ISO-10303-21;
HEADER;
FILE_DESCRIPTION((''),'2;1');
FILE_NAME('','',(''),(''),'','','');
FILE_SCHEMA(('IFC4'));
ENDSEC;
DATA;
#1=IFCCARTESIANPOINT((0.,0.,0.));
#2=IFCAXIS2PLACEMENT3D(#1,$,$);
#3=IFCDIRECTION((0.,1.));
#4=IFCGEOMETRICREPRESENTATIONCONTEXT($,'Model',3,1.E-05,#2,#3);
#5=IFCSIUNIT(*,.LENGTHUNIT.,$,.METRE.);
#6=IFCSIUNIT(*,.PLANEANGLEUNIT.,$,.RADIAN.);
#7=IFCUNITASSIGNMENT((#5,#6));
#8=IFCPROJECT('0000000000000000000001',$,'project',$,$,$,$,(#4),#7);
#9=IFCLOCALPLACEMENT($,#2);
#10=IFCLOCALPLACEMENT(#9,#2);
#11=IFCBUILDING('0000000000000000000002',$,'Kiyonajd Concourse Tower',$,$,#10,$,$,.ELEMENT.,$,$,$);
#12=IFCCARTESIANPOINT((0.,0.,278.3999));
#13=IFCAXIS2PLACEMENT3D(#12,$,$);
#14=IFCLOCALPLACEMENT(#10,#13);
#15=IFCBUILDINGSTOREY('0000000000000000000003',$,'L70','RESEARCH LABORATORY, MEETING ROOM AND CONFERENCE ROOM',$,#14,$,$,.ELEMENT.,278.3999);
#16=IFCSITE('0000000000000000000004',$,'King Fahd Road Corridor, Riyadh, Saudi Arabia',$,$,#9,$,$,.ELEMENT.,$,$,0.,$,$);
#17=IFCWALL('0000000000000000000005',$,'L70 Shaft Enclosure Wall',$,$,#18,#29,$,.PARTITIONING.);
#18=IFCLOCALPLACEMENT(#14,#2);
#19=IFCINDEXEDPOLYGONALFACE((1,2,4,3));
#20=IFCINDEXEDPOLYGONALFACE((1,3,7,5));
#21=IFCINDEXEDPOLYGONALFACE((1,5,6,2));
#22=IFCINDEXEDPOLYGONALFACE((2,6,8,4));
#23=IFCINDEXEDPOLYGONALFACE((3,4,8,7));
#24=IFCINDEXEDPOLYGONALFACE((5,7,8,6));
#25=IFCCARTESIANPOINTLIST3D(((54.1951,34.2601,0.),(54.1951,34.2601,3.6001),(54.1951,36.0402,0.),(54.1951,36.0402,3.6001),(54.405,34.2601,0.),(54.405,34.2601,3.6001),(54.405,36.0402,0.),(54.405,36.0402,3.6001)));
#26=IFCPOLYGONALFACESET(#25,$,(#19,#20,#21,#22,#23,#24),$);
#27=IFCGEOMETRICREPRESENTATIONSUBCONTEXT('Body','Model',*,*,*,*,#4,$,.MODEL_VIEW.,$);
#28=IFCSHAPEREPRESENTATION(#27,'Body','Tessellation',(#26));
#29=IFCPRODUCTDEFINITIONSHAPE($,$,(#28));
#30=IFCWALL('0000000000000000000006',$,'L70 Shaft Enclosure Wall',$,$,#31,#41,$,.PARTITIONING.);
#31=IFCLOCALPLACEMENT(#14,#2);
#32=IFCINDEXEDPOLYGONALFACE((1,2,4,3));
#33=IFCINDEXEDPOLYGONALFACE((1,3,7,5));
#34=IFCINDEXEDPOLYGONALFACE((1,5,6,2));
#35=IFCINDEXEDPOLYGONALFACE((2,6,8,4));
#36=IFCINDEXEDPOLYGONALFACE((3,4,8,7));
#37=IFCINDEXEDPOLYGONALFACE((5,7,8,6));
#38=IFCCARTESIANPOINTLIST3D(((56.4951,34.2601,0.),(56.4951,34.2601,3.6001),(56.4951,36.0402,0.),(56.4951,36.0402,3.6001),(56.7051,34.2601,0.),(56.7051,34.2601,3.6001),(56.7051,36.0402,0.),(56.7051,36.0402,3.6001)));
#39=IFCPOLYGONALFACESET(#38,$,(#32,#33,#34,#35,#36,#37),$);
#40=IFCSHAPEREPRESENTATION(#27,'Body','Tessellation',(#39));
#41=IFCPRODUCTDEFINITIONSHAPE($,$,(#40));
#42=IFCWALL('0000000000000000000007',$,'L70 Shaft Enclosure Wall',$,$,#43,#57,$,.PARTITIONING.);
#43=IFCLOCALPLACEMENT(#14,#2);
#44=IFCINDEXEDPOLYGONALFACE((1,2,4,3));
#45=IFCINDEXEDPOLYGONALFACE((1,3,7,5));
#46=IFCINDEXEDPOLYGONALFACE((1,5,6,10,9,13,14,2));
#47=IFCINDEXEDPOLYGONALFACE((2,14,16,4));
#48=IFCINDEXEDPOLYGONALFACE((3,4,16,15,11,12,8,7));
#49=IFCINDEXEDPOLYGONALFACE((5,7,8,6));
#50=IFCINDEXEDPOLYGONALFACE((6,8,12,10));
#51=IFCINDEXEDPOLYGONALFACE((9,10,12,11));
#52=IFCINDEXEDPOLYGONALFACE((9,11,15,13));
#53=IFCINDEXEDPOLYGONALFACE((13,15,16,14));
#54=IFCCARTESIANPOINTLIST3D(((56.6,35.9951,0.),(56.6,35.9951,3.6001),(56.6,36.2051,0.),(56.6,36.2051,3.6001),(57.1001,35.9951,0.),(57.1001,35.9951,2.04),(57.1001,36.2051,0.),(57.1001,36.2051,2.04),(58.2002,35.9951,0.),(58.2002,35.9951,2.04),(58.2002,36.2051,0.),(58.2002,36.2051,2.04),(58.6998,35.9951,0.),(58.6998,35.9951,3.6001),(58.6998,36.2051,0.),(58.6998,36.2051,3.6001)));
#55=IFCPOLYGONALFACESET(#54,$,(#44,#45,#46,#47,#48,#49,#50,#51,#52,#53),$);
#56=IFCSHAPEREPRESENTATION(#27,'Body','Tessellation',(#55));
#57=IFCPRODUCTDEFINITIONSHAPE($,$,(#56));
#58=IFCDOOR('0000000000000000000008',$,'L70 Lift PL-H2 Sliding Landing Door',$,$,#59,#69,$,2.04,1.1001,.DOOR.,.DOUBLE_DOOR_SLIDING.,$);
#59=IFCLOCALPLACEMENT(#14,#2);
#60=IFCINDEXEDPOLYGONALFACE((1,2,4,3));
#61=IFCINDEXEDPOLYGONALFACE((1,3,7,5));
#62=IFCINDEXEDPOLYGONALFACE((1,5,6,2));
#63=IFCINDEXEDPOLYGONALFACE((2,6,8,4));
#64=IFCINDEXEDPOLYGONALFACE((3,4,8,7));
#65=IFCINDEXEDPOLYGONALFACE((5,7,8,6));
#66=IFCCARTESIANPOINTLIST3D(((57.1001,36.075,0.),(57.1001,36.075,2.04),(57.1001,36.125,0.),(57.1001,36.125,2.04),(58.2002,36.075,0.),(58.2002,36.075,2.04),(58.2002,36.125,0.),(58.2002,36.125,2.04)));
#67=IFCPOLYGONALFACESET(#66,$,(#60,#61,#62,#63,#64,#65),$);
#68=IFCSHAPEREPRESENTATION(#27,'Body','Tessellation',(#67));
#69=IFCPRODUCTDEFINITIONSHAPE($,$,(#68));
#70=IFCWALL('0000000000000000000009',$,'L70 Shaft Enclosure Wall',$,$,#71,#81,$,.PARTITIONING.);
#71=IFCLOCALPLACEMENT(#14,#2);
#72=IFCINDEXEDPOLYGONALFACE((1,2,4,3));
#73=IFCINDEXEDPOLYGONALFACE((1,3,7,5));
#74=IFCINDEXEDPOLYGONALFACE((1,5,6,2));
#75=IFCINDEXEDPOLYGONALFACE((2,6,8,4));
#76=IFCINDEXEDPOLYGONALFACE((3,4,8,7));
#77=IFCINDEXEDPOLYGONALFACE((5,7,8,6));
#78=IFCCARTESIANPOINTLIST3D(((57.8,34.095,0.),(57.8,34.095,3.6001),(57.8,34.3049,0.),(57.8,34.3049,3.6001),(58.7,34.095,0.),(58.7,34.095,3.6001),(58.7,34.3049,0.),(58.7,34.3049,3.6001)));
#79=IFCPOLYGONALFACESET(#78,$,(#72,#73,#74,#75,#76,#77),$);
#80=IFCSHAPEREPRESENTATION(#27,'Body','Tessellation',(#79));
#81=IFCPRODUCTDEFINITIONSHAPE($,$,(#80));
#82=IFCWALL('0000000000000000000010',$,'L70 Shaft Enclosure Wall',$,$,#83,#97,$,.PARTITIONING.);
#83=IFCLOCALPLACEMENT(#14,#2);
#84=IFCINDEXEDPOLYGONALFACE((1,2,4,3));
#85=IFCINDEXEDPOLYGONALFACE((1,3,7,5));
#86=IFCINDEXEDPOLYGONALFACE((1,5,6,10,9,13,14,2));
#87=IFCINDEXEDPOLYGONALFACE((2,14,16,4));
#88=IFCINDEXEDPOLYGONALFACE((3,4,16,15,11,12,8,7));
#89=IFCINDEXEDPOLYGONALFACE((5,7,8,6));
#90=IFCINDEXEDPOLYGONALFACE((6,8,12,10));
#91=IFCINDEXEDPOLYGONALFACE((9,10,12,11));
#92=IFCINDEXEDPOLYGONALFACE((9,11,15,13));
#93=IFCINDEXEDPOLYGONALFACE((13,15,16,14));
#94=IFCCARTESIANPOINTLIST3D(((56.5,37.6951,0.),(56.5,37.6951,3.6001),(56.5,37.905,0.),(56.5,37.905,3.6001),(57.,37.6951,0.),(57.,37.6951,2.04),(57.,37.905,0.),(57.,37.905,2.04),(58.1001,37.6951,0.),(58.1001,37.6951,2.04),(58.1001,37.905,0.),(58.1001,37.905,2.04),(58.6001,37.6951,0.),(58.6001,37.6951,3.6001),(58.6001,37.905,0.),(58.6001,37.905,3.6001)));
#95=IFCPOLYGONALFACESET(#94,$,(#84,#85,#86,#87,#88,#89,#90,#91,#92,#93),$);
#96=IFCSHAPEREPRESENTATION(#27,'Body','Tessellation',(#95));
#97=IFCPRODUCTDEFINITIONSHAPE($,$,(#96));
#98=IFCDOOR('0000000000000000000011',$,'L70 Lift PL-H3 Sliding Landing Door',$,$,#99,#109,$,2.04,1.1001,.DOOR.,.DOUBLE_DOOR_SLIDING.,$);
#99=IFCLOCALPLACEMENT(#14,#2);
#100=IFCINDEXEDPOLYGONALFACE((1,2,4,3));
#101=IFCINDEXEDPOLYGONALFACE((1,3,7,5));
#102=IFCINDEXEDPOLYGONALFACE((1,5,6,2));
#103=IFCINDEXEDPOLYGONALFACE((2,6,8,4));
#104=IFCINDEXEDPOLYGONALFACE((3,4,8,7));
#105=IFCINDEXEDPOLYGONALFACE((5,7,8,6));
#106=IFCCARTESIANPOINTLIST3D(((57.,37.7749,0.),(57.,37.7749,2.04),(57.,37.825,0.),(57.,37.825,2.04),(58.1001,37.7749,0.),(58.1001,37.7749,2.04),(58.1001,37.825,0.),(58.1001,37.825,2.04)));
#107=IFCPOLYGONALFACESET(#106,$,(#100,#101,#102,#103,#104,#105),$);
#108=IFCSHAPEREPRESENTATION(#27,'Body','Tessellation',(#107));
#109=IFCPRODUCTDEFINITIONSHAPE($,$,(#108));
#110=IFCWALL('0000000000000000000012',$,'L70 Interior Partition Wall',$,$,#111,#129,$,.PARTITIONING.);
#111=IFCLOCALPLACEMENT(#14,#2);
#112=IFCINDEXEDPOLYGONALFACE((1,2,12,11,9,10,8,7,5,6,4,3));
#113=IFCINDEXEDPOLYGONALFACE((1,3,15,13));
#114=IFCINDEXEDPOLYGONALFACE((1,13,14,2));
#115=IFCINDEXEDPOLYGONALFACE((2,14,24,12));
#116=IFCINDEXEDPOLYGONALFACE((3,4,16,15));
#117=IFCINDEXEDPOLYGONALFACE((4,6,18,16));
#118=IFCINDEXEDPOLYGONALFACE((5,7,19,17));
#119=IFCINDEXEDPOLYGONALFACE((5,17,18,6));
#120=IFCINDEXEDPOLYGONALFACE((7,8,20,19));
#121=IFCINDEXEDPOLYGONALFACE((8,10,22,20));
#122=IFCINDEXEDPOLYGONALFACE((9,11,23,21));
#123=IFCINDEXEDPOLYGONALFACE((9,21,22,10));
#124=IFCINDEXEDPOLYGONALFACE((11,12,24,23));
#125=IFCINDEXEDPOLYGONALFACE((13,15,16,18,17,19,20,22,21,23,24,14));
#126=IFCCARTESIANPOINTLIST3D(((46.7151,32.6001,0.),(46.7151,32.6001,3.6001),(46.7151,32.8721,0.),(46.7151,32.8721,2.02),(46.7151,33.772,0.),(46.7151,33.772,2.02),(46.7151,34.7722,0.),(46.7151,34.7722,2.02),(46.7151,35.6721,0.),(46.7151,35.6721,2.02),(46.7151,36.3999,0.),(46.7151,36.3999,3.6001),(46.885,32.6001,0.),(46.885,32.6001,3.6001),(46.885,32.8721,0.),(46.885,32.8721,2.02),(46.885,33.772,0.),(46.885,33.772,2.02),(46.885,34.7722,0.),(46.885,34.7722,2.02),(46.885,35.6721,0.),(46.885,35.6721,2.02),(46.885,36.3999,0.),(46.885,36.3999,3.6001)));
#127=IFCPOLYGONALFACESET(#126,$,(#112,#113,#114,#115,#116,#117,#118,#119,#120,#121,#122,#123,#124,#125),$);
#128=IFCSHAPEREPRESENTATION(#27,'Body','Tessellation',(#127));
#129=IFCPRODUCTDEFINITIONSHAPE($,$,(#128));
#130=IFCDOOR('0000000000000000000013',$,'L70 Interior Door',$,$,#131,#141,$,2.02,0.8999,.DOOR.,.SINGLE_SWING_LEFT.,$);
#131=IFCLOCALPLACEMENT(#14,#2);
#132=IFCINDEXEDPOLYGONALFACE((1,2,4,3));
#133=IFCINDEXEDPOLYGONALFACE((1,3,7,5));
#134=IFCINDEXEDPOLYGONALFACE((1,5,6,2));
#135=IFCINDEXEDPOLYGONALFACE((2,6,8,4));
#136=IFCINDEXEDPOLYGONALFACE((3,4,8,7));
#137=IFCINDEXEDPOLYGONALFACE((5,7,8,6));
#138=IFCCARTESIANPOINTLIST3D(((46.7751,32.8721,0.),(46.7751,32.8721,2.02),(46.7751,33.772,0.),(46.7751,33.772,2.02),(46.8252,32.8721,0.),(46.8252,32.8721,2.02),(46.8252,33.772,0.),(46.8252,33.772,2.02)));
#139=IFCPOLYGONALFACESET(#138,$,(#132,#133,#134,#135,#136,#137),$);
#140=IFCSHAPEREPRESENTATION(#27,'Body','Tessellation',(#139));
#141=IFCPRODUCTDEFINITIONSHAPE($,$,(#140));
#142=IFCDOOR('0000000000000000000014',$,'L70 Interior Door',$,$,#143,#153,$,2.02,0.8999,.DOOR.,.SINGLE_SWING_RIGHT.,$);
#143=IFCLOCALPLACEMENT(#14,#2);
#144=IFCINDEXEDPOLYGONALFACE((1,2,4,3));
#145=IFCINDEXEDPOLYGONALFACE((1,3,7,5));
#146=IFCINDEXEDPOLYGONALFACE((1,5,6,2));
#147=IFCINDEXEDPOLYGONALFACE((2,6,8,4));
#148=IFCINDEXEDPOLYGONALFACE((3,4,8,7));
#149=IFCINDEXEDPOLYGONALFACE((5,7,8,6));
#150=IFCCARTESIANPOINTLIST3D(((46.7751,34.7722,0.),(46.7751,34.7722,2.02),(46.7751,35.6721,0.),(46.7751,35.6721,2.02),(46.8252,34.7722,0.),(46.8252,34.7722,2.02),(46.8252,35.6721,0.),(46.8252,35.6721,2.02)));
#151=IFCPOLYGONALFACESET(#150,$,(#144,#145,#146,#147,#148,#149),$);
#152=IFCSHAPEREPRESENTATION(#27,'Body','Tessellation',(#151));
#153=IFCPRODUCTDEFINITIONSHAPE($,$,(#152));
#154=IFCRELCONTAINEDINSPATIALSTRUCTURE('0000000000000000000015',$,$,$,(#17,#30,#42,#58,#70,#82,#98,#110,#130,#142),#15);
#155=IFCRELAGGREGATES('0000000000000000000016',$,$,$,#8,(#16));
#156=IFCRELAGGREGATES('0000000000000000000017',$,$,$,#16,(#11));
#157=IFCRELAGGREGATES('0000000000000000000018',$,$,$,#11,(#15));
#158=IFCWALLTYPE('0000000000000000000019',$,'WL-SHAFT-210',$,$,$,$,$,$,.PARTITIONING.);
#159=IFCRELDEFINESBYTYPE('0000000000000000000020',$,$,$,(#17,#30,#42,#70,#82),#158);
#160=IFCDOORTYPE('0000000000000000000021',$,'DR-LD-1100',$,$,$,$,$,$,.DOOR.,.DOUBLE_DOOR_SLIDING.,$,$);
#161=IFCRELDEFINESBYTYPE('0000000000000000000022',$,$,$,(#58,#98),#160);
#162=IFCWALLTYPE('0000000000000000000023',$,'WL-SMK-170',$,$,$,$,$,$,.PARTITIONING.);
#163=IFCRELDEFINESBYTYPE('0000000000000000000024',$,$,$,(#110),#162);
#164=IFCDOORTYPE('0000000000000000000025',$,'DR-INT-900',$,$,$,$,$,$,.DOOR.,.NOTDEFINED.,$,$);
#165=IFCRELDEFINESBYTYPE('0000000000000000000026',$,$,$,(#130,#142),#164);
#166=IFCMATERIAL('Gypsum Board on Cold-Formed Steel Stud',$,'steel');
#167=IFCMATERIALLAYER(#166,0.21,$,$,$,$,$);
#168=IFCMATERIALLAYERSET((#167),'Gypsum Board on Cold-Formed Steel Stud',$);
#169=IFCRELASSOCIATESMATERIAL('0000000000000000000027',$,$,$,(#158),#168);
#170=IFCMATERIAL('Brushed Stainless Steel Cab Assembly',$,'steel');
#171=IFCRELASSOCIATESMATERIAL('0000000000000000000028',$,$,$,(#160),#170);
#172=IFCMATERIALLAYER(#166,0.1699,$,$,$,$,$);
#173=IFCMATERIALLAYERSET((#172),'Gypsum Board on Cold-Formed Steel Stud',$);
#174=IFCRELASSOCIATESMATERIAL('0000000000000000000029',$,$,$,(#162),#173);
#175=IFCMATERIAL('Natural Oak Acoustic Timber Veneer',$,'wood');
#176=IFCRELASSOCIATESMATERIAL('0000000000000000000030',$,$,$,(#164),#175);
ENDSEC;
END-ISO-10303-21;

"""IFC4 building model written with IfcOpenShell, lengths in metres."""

from ifc_helpers import new_model, si_unit, direction, frame, frame_2d, origin, place, context, subcontext, project, spatial, rectangle, extrude, material, layer, layer_set, type_object, element, fill, save


model = new_model("IFC4")

# Units and contexts
model_context = context("Model", 3, precision=1e-05, world=origin(), true_north=direction((0.0, 1.0)))
body_context = subcontext(model_context, "Body", "Model", "MODEL_VIEW")
ifc_project = project(units=[si_unit("LENGTHUNIT", "METRE"), si_unit("PLANEANGLEUNIT", "RADIAN")], contexts=[model_context])

# Site, building, storey
site_placement = place(None, origin())
site = spatial("IfcSite", under=ifc_project, at=site_placement, Name="King Fahd Road Corridor, Riyadh, Saudi Arabia", CompositionType="ELEMENT", RefElevation=0.0)
building_placement = place(site_placement, origin())
building = spatial("IfcBuilding", under=site, at=building_placement, Name="Kiyonajd Concourse Tower", CompositionType="ELEMENT")
storey_placement = place(building_placement, frame((0.0, 0.0, 278.3999)))
storey = spatial("IfcBuildingStorey", under=building, at=storey_placement, Name="L70", Description="RESEARCH LABORATORY, MEETING ROOM AND CONFERENCE ROOM", CompositionType="ELEMENT", Elevation=278.3999)

# Shared definitions
ifc_material_1 = material(Name="Gypsum Board on Cold-Formed Steel Stud", Category="steel")

# Shared definitions
ifc_layer_1 = layer(ifc_material_1, 0.21)
ifc_layer_set_1 = layer_set([ifc_layer_1], Name="Gypsum Board on Cold-Formed Steel Stud")
wall_type_1 = type_object("IfcWallType", Name="WL-SHAFT-210", PredefinedType="PARTITIONING", material=ifc_layer_set_1)
ifc_material_2 = material(Name="Brushed Stainless Steel Cab Assembly", Category="steel")

# Shared definitions
door_type_1 = type_object("IfcDoorType", Name="DR-LD-1100", OperationType="DOUBLE_DOOR_SLIDING", PredefinedType="DOOR", material=ifc_material_2)

# Walls
for number, where, z_axis, x_axis, name in (
    (1, (54.3, 34.26, 0.0), (0.0, 0.0, 1.0), (0.0, 1.0, 0.0), "L70 Shaft Enclosure Wall"),
    (2, (56.6001, 34.26, 0.0), (0.0, 0.0, 1.0), (0.0, 1.0, 0.0), "L70 Shaft Enclosure Wall"),
):
    element("IfcWall", number, at=place(storey_placement, frame(where, z_axis=z_axis, x_axis=x_axis)), inside=storey, type_object=wall_type_1, Name=name, PredefinedType="PARTITIONING", context=body_context, shape_type="SweptSolid", body=[
        extrude(rectangle(XDim=1.78, YDim=0.21, at=frame_2d((0.8901, 0.0))), origin(), (0.0, 0.0, 1.0), 3.6001),
    ])

# Wall, opening, door
wall_1_placement = place(storey_placement, frame((56.6001, 36.1001, 0.0), z_axis=(0.0, 0.0, 1.0), x_axis=(1.0, 0.0, 0.0)))
wall_1 = element("IfcWall", 3, at=wall_1_placement, inside=storey, type_object=wall_type_1, Name="L70 Shaft Enclosure Wall", PredefinedType="PARTITIONING", context=body_context, shape_type="SweptSolid", body=[
    extrude(rectangle(XDim=2.0999, YDim=0.21, at=frame_2d((1.0498, 0.0))), origin(), (0.0, 0.0, 1.0), 3.6001),
])
opening_1_placement = place(wall_1_placement, frame((0.5, 0.0, 0.0)))
opening_1 = element("IfcOpeningElement", 4, at=opening_1_placement, cuts=wall_1, PredefinedType="OPENING", context=body_context, shape_type="SweptSolid", body=[
    extrude(rectangle(XDim=1.1001, YDim=2.04, at=frame_2d((0.55, 1.02))), frame((0.0, 0.115, 0.0), z_axis=(0.0, -1.0, 0.0), x_axis=(1.0, 0.0, 0.0)), (0.0, 0.0, 1.0), 0.23),
])
door_1_placement = place(opening_1_placement, origin())
door_1 = element("IfcDoor", 5, at=door_1_placement, inside=storey, type_object=door_type_1, Name="L70 Lift PL-H2 Sliding Landing Door", OperationType="DOUBLE_DOOR_SLIDING", OverallHeight=2.04, OverallWidth=1.1001, PredefinedType="DOOR", context=body_context, shape_type="SweptSolid", body=[
    extrude(rectangle(XDim=1.1001, YDim=2.04, at=frame_2d((0.55, 1.02))), frame((0.0, 0.0249, 0.0), z_axis=(0.0, -1.0, 0.0), x_axis=(1.0, 0.0, 0.0)), (0.0, 0.0, 1.0), 0.05),
])
fill(opening_1, door_1)

# Wall
wall_2_placement = place(storey_placement, frame((57.8, 34.2, 0.0), z_axis=(0.0, 0.0, 1.0), x_axis=(1.0, 0.0, 0.0)))
element("IfcWall", 6, at=wall_2_placement, inside=storey, type_object=wall_type_1, Name="L70 Shaft Enclosure Wall", PredefinedType="PARTITIONING", context=body_context, shape_type="SweptSolid", body=[
    extrude(rectangle(XDim=0.8999, YDim=0.21, at=frame_2d((0.45, 0.0))), origin(), (0.0, 0.0, 1.0), 3.6001),
])

# Wall, opening, door
wall_3_placement = place(storey_placement, frame((56.5, 37.8, 0.0), z_axis=(0.0, 0.0, 1.0), x_axis=(1.0, 0.0, 0.0)))
wall_3 = element("IfcWall", 7, at=wall_3_placement, inside=storey, type_object=wall_type_1, Name="L70 Shaft Enclosure Wall", PredefinedType="PARTITIONING", context=body_context, shape_type="SweptSolid", body=[
    extrude(rectangle(XDim=2.1001, YDim=0.21, at=frame_2d((1.05, 0.0))), origin(), (0.0, 0.0, 1.0), 3.6001),
])
opening_2_placement = place(wall_3_placement, frame((0.5, 0.0, 0.0)))
opening_2 = element("IfcOpeningElement", 8, at=opening_2_placement, cuts=wall_3, PredefinedType="OPENING", context=body_context, shape_type="SweptSolid", body=[
    extrude(rectangle(XDim=1.1001, YDim=2.04, at=frame_2d((0.55, 1.02))), frame((0.0, 0.115, 0.0), z_axis=(0.0, -1.0, 0.0), x_axis=(1.0, 0.0, 0.0)), (0.0, 0.0, 1.0), 0.23),
])
door_2_placement = place(opening_2_placement, origin())
door_2 = element("IfcDoor", 9, at=door_2_placement, inside=storey, type_object=door_type_1, Name="L70 Lift PL-H3 Sliding Landing Door", OperationType="DOUBLE_DOOR_SLIDING", OverallHeight=2.04, OverallWidth=1.1001, PredefinedType="DOOR", context=body_context, shape_type="SweptSolid", body=[
    extrude(rectangle(XDim=1.1001, YDim=2.04, at=frame_2d((0.55, 1.02))), frame((0.0, 0.0249, 0.0), z_axis=(0.0, -1.0, 0.0), x_axis=(1.0, 0.0, 0.0)), (0.0, 0.0, 1.0), 0.05),
])
fill(opening_2, door_2)

# Wall, openings, doors
ifc_layer_2 = layer(ifc_material_1, 0.1699)
ifc_layer_set_2 = layer_set([ifc_layer_2], Name="Gypsum Board on Cold-Formed Steel Stud")
wall_type_2 = type_object("IfcWallType", Name="WL-SMK-170", PredefinedType="PARTITIONING", material=ifc_layer_set_2)
wall_4_placement = place(storey_placement, frame((46.8, 32.6001, 0.0), z_axis=(0.0, 0.0, 1.0), x_axis=(0.0, 1.0, 0.0)))
wall_4 = element("IfcWall", 10, at=wall_4_placement, inside=storey, type_object=wall_type_2, Name="L70 Interior Partition Wall", PredefinedType="PARTITIONING", context=body_context, shape_type="SweptSolid", body=[
    extrude(rectangle(XDim=3.7998, YDim=0.1699, at=frame_2d((1.8999, 0.0))), origin(), (0.0, 0.0, 1.0), 3.6001),
])
opening_3_placement = place(wall_4_placement, frame((0.272, 0.0, 0.0)))
opening_3 = element("IfcOpeningElement", 11, at=opening_3_placement, cuts=wall_4, PredefinedType="OPENING", context=body_context, shape_type="SweptSolid", body=[
    extrude(rectangle(XDim=0.8999, YDim=2.02, at=frame_2d((0.45, 1.01))), frame((0.0, 0.095, 0.0), z_axis=(0.0, -1.0, 0.0), x_axis=(1.0, 0.0, 0.0)), (0.0, 0.0, 1.0), 0.1899),
])
opening_4_placement = place(wall_4_placement, frame((2.1721, 0.0, 0.0)))
opening_4 = element("IfcOpeningElement", 12, at=opening_4_placement, cuts=wall_4, PredefinedType="OPENING", context=body_context, shape_type="SweptSolid", body=[
    extrude(rectangle(XDim=0.8999, YDim=2.02, at=frame_2d((0.45, 1.01))), frame((0.0, 0.095, 0.0), z_axis=(0.0, -1.0, 0.0), x_axis=(1.0, 0.0, 0.0)), (0.0, 0.0, 1.0), 0.1899),
])
ifc_material_3 = material(Name="Natural Oak Acoustic Timber Veneer", Category="wood")
door_type_2 = type_object("IfcDoorType", Name="DR-INT-900", OperationType="NOTDEFINED", PredefinedType="DOOR", material=ifc_material_3)
door_3_placement = place(opening_3_placement, origin())
door_3 = element("IfcDoor", 13, at=door_3_placement, inside=storey, type_object=door_type_2, Name="L70 Interior Door", OperationType="SINGLE_SWING_LEFT", OverallHeight=2.02, OverallWidth=0.8999, PredefinedType="DOOR", context=body_context, shape_type="SweptSolid", body=[
    extrude(rectangle(XDim=0.8999, YDim=2.02, at=frame_2d((0.45, 1.01))), frame((0.0, 0.0249, 0.0), z_axis=(0.0, -1.0, 0.0), x_axis=(1.0, 0.0, 0.0)), (0.0, 0.0, 1.0), 0.05),
])
fill(opening_3, door_3)
door_4_placement = place(opening_4_placement, origin())
door_4 = element("IfcDoor", 14, at=door_4_placement, inside=storey, type_object=door_type_2, Name="L70 Interior Door", OperationType="SINGLE_SWING_RIGHT", OverallHeight=2.02, OverallWidth=0.8999, PredefinedType="DOOR", context=body_context, shape_type="SweptSolid", body=[
    extrude(rectangle(XDim=0.8999, YDim=2.02, at=frame_2d((0.45, 1.01))), frame((0.0, 0.0249, 0.0), z_axis=(0.0, -1.0, 0.0), x_axis=(1.0, 0.0, 0.0)), (0.0, 0.0, 1.0), 0.05),
])
fill(opening_4, door_4)

save(model, "model.ifc")
